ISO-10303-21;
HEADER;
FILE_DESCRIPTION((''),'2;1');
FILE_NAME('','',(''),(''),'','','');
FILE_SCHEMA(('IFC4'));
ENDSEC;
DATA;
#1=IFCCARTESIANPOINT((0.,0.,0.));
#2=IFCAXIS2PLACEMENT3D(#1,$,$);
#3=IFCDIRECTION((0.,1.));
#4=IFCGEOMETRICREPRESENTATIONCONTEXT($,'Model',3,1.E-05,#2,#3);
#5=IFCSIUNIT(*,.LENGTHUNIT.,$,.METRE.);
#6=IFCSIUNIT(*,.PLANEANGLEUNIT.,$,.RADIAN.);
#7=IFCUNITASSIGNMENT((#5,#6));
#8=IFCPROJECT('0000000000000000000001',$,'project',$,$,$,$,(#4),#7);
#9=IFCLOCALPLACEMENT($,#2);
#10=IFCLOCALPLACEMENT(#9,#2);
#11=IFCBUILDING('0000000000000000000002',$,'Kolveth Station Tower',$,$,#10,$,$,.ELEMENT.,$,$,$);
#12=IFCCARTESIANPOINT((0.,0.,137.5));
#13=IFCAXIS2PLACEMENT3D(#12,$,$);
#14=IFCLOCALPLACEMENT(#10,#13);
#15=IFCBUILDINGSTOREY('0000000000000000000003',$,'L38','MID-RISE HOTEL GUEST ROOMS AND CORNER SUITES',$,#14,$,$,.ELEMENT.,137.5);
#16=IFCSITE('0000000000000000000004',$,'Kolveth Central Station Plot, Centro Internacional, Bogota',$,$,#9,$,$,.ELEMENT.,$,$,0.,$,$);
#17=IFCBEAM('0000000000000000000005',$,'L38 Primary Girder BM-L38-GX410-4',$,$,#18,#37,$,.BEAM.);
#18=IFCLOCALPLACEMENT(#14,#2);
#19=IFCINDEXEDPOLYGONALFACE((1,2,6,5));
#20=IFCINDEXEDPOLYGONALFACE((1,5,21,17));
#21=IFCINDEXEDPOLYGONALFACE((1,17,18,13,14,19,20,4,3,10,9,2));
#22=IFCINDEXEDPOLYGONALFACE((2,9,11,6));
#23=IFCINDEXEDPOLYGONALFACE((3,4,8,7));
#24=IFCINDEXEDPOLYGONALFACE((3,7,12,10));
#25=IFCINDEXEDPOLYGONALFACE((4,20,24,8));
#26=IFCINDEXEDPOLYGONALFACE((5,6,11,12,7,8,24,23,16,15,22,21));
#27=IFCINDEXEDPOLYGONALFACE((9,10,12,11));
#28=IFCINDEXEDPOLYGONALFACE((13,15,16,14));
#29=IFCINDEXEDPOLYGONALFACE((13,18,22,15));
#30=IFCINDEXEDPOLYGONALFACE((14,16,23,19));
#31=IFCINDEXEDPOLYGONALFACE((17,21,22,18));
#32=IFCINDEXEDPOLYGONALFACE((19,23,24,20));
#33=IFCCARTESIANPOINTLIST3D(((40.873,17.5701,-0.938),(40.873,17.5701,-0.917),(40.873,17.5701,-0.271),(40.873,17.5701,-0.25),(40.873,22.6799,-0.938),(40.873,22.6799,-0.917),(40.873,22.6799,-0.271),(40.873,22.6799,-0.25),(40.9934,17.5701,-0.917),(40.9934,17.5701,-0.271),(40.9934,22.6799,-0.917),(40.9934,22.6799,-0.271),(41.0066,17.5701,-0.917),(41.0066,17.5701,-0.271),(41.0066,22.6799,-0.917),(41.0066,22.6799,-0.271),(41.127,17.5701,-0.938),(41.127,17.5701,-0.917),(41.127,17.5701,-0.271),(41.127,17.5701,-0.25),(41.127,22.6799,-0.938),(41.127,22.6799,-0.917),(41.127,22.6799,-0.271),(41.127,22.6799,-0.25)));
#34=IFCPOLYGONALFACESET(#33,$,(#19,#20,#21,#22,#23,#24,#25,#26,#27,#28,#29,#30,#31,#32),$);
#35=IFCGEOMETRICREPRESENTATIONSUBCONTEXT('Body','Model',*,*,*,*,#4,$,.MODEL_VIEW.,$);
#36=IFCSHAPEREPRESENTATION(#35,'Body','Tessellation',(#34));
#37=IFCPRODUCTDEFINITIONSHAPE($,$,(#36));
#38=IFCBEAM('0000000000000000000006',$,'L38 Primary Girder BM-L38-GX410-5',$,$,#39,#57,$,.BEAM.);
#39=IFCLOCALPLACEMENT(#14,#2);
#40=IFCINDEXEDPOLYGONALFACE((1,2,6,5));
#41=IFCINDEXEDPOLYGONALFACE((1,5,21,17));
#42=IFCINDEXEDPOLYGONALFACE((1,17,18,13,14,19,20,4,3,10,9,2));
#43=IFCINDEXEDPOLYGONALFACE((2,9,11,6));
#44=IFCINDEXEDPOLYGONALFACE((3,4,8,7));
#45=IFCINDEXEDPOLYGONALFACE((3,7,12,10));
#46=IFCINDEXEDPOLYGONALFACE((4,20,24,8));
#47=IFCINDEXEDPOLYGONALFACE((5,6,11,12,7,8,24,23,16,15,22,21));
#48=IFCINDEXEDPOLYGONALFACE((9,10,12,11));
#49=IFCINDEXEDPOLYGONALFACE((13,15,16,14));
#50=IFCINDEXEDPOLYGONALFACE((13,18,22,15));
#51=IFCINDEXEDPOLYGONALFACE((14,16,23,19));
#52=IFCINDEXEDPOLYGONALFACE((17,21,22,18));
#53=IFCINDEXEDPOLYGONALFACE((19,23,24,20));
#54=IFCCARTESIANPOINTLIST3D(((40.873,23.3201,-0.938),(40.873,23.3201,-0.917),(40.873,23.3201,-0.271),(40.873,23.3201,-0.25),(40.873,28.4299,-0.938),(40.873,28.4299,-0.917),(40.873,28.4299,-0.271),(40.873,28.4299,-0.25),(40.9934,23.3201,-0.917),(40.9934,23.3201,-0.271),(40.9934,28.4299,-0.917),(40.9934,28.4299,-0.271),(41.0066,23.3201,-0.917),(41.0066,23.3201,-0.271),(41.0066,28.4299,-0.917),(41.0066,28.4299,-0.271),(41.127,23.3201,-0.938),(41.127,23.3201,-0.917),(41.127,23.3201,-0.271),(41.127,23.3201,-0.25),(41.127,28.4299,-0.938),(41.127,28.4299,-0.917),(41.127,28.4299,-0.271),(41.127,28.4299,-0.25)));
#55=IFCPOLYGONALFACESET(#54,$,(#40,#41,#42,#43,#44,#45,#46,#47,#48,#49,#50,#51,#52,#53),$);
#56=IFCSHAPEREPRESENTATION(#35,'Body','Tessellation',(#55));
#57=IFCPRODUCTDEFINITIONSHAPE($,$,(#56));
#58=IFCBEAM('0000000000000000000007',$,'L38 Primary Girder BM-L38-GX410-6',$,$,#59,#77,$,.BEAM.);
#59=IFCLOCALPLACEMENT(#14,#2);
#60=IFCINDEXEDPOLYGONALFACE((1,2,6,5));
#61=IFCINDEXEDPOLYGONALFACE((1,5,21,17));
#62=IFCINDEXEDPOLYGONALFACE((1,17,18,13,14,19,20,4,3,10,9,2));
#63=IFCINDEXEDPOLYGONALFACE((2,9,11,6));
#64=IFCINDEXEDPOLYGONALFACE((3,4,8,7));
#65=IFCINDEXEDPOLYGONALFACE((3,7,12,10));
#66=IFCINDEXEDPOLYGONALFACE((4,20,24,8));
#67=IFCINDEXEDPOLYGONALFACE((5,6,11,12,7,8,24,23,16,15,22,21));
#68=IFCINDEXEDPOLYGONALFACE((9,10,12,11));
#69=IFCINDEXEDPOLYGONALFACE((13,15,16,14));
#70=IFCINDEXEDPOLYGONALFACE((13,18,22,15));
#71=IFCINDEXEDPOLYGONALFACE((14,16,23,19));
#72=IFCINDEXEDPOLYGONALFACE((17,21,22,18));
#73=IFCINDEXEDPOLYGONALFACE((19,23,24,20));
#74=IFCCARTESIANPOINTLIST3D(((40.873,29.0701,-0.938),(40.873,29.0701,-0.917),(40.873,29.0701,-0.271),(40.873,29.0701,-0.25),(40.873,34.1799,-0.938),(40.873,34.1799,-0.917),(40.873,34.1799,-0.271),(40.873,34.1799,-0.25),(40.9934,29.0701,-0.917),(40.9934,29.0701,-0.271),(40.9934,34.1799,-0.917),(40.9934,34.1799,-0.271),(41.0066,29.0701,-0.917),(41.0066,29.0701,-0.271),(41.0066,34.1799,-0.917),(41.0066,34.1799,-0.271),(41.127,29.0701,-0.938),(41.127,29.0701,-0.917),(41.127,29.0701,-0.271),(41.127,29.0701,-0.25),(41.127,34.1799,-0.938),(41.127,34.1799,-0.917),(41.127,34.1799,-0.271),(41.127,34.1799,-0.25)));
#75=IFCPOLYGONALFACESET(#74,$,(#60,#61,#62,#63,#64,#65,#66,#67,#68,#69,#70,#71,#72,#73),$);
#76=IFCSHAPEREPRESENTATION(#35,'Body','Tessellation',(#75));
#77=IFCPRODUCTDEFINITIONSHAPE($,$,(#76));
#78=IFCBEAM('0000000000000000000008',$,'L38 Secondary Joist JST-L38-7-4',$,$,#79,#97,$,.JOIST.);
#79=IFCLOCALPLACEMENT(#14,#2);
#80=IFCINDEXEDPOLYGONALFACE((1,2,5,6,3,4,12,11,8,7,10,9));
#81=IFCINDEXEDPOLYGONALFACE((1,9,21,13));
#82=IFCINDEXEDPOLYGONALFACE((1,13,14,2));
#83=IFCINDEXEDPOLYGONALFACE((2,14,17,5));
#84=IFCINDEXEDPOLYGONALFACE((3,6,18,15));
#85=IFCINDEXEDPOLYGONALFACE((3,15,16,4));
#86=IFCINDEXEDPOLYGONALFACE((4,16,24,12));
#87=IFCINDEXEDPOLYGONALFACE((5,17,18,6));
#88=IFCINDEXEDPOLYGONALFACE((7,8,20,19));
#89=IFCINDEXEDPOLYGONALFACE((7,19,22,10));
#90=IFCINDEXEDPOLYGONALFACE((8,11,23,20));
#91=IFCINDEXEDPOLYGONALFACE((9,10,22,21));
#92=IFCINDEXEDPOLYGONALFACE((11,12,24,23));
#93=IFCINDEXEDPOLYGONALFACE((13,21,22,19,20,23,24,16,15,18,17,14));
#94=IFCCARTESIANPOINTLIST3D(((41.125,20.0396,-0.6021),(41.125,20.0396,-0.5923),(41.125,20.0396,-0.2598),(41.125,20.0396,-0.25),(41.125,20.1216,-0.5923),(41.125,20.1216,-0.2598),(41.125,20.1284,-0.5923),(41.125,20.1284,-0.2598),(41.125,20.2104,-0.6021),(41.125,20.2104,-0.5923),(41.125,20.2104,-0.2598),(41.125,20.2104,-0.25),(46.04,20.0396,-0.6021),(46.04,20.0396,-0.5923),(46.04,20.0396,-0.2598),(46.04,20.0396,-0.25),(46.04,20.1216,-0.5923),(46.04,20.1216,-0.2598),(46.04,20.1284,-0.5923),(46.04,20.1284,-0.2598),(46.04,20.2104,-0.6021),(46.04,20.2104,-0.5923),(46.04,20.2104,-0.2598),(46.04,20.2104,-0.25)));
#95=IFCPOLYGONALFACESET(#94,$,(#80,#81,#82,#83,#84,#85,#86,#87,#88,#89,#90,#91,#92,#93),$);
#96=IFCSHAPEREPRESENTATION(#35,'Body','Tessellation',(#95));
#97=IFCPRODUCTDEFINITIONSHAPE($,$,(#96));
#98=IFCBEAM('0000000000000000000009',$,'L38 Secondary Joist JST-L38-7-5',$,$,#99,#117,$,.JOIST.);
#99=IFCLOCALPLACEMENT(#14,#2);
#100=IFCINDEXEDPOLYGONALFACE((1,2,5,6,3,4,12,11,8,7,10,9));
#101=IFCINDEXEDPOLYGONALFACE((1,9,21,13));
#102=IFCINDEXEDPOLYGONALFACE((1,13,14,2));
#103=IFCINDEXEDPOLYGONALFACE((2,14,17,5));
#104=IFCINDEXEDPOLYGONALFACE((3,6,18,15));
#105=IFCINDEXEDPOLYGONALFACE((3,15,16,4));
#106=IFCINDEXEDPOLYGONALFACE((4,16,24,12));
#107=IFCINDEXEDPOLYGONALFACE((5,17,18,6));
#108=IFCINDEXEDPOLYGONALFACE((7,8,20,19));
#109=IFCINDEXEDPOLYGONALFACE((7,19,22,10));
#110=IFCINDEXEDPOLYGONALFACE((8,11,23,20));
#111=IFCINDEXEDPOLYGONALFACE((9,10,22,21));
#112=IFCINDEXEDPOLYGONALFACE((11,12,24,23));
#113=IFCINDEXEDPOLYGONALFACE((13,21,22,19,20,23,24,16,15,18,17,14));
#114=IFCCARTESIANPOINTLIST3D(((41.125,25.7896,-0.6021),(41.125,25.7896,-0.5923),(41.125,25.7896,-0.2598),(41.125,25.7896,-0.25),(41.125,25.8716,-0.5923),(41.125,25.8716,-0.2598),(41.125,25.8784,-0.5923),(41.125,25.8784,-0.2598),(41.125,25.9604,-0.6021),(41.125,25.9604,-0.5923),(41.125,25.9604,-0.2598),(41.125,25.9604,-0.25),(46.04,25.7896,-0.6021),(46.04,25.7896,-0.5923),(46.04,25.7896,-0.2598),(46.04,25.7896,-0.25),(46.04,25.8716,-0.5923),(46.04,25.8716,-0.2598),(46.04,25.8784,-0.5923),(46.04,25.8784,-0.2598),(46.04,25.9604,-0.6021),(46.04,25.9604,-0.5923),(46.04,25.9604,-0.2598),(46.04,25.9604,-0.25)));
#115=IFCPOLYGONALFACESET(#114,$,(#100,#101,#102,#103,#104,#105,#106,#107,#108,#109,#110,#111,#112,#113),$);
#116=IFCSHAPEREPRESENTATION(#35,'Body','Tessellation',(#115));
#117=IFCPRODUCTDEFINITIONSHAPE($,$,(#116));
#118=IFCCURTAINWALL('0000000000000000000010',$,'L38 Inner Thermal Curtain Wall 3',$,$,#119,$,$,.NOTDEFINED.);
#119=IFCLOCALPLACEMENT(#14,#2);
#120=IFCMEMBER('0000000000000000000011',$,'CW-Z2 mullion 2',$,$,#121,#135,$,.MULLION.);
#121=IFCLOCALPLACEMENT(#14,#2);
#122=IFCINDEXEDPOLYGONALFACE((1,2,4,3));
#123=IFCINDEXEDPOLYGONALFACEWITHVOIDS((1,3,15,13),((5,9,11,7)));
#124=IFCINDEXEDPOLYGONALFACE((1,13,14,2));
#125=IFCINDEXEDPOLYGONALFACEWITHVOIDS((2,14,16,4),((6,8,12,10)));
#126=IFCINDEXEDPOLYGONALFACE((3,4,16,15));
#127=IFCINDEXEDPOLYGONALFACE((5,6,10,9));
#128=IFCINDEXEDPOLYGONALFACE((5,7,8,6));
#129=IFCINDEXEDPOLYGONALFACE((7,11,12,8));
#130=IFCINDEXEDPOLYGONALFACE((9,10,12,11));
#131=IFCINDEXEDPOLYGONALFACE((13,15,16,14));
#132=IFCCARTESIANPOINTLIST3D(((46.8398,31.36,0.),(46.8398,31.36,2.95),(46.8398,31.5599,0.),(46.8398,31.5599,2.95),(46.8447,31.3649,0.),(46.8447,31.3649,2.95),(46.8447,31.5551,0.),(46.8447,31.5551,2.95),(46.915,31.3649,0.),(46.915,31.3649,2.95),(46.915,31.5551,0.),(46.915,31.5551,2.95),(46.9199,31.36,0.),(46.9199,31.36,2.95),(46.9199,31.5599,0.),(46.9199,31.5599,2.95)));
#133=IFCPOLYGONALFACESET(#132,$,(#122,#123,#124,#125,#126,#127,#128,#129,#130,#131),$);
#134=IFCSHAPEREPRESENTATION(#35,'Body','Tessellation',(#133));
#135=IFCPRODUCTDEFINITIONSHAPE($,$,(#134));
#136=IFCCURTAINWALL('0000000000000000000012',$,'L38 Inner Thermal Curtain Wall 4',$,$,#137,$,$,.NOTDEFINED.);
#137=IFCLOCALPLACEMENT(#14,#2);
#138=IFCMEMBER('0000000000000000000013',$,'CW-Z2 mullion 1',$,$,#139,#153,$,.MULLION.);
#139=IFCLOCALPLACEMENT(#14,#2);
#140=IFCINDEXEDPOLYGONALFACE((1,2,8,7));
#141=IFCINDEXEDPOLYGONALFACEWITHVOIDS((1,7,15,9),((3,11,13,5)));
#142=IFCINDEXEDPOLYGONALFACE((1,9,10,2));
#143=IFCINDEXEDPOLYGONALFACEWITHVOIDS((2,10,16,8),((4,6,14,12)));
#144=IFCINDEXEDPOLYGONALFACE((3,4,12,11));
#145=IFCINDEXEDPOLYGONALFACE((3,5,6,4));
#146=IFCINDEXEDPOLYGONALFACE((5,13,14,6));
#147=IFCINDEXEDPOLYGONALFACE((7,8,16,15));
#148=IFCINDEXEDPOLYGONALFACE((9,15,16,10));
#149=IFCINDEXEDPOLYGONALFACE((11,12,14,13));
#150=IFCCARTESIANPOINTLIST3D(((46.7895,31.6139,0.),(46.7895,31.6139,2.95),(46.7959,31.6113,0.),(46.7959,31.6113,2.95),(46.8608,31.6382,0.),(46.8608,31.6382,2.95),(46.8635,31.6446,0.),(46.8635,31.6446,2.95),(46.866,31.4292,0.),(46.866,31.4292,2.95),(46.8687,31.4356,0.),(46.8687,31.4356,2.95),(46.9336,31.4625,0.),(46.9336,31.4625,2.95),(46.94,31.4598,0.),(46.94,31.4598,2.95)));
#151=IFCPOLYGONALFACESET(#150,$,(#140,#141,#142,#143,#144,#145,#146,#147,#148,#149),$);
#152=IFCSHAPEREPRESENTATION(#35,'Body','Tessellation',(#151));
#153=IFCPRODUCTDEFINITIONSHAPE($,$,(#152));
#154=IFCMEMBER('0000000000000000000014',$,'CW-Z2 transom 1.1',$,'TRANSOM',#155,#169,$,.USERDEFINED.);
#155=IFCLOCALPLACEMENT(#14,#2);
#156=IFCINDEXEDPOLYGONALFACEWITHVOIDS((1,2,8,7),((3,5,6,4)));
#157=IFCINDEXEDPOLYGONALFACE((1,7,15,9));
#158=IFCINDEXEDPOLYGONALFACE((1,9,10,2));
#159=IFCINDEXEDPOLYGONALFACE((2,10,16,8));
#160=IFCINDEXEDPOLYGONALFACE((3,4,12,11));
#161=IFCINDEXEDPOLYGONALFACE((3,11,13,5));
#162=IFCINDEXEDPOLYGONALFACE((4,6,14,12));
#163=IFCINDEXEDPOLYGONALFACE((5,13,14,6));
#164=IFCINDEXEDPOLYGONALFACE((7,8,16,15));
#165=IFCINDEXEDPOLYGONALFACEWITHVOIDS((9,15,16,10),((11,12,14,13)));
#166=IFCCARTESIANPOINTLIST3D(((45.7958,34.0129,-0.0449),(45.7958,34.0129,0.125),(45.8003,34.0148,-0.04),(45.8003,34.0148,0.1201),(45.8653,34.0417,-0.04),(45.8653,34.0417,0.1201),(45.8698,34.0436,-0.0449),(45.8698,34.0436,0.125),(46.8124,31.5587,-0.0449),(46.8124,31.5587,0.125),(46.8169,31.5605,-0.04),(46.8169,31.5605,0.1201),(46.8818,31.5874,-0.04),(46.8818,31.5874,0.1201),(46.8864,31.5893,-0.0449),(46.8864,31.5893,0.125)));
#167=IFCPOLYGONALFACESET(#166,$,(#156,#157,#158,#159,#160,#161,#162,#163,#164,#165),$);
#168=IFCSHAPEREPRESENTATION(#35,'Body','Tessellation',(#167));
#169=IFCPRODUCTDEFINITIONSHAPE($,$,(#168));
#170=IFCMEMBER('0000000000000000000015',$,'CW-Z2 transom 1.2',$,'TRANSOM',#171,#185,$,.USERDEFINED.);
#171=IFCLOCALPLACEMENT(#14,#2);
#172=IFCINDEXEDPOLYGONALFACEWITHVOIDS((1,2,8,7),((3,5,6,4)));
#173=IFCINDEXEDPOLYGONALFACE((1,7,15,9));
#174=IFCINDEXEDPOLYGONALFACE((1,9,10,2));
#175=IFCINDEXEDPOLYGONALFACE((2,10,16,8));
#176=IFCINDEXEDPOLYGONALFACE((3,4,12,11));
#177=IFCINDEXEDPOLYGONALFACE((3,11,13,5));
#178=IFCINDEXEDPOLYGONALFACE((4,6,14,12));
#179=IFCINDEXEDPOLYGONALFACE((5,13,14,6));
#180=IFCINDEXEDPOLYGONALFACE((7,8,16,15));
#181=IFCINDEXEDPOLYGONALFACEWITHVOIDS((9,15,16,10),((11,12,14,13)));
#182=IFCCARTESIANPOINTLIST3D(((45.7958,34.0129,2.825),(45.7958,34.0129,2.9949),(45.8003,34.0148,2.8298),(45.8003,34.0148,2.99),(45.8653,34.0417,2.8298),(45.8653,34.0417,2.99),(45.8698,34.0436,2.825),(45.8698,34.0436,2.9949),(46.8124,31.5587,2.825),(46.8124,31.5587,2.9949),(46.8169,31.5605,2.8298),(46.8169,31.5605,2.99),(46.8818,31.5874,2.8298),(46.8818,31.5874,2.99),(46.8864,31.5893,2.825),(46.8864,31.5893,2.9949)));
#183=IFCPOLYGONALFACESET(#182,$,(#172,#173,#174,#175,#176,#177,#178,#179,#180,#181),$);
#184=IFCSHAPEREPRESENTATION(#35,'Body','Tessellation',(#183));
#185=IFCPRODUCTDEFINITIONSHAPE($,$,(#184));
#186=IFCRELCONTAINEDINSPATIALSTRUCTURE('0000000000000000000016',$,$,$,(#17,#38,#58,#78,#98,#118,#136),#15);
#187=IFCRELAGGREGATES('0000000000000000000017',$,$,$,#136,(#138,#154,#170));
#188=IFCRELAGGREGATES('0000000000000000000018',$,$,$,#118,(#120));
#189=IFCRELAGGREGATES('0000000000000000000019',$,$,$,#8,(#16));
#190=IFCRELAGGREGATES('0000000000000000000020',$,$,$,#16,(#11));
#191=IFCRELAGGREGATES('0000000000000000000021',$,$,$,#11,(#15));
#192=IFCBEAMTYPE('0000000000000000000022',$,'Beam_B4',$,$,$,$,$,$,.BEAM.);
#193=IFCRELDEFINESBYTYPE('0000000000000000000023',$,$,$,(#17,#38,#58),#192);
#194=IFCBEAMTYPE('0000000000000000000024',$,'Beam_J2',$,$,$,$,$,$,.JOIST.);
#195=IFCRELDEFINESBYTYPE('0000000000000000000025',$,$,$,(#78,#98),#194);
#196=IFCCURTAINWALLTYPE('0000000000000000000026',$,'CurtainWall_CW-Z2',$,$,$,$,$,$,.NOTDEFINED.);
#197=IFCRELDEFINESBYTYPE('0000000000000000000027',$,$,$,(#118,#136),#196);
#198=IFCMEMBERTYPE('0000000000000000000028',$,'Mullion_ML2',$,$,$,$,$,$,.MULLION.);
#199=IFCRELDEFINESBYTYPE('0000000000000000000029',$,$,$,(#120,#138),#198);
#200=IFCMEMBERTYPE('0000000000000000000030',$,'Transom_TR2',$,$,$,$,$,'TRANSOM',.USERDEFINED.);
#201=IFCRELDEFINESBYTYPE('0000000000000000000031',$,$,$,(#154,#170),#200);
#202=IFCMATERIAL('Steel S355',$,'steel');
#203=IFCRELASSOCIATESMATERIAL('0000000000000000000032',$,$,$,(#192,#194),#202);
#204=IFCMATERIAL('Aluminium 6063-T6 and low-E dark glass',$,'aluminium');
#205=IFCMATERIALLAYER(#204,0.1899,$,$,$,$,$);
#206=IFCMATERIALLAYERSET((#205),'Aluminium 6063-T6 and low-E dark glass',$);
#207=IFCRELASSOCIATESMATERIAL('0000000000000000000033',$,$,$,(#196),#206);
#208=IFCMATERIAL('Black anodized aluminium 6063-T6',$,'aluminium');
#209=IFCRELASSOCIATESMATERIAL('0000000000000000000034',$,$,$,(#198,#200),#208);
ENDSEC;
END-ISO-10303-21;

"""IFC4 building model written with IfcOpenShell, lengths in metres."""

from ifc_helpers import new_model, si_unit, direction, frame, origin, origin_2d, place, context, subcontext, project, spatial, hollow_rectangle, i_section, extrude, source, transform, mapped, material, layer, layer_set, material_profile, profile_set, type_object, element, aggregate, save


model = new_model("IFC4")

# Units and contexts
model_context = context("Model", 3, precision=1e-05, world=origin(), true_north=direction((0.0, 1.0)))
body_context = subcontext(model_context, "Body", "Model", "MODEL_VIEW")
ifc_project = project(units=[si_unit("LENGTHUNIT", "METRE"), si_unit("PLANEANGLEUNIT", "RADIAN")], contexts=[model_context])

# Site, building, storey
site_placement = place(None, origin())
site = spatial("IfcSite", under=ifc_project, at=site_placement, Name="Kolveth Central Station Plot, Centro Internacional, Bogota", CompositionType="ELEMENT", RefElevation=0.0)
building_placement = place(site_placement, origin())
building = spatial("IfcBuilding", under=site, at=building_placement, Name="Kolveth Station Tower", CompositionType="ELEMENT")
storey_placement = place(building_placement, frame((0.0, 0.0, 137.5)))
storey = spatial("IfcBuildingStorey", under=building, at=storey_placement, Name="L38", Description="MID-RISE HOTEL GUEST ROOMS AND CORNER SUITES", CompositionType="ELEMENT", Elevation=137.5)

# Beams
ifc_material_1 = material(Name="Steel S355", Category="steel")
ifc_material_profile_1 = material_profile(ifc_material_1, i_section(OverallWidth=0.2539, OverallDepth=0.688, WebThickness=0.0132, FlangeThickness=0.021, at=origin_2d()), Name="W690x152")
ifc_profile_set_1 = profile_set([ifc_material_profile_1], Name="Steel S355")
beam_type_1 = type_object("IfcBeamType", Name="Beam_B4", PredefinedType="BEAM", material=ifc_profile_set_1)
shared_shape_1 = source(origin(), body_context, "Body", "SweptSolid", [
    extrude(i_section(OverallWidth=0.2539, OverallDepth=0.688, WebThickness=0.0132, FlangeThickness=0.021, at=origin_2d()), origin(), (0.0, 0.0, 1.0), 5.1099),
])
for number, where, z_axis, x_axis, name in (
    (1, (41.0, 17.5701, -0.594), (0.0, 1.0, 0.0), (-1.0, 0.0, 0.0), "L38 Primary Girder BM-L38-GX410-4"),
    (2, (41.0, 23.3201, -0.594), (0.0, 1.0, 0.0), (-1.0, 0.0, 0.0), "L38 Primary Girder BM-L38-GX410-5"),
    (3, (41.0, 29.0701, -0.594), (0.0, 1.0, 0.0), (-1.0, 0.0, 0.0), "L38 Primary Girder BM-L38-GX410-6"),
):
    element("IfcBeam", number, at=place(storey_placement, frame(where, z_axis=z_axis, x_axis=x_axis)), inside=storey, type_object=beam_type_1, Name=name, PredefinedType="BEAM", context=body_context, shape_type="MappedRepresentation", body=[
        mapped(shared_shape_1, transform((0.0, 0.0, 0.0), x_axis=(1.0, 0.0, 0.0), y_axis=(0.0, 1.0, 0.0), z_axis=(0.0, 0.0, 1.0), scale=1.0)),
    ])
ifc_material_profile_2 = material_profile(ifc_material_1, i_section(OverallWidth=0.1709, OverallDepth=0.3521, WebThickness=0.0068, FlangeThickness=0.0098, at=origin_2d()), Name="W360x44")
ifc_profile_set_2 = profile_set([ifc_material_profile_2], Name="Steel S355")
beam_type_2 = type_object("IfcBeamType", Name="Beam_J2", PredefinedType="JOIST", material=ifc_profile_set_2)
shared_shape_2 = source(origin(), body_context, "Body", "SweptSolid", [
    extrude(i_section(OverallWidth=0.1709, OverallDepth=0.3521, WebThickness=0.0068, FlangeThickness=0.0098, at=origin_2d()), origin(), (0.0, 0.0, 1.0), 4.915),
])
for number, where, z_axis, x_axis, name in (
    (4, (41.125, 20.125, -0.426), (1.0, 0.0, 0.0), (0.0, 1.0, 0.0), "L38 Secondary Joist JST-L38-7-4"),
    (5, (41.125, 25.875, -0.426), (1.0, 0.0, 0.0), (0.0, 1.0, 0.0), "L38 Secondary Joist JST-L38-7-5"),
):
    element("IfcBeam", number, at=place(storey_placement, frame(where, z_axis=z_axis, x_axis=x_axis)), inside=storey, type_object=beam_type_2, Name=name, PredefinedType="JOIST", context=body_context, shape_type="MappedRepresentation", body=[
        mapped(shared_shape_2, transform((0.0, 0.0, 0.0), x_axis=(1.0, 0.0, 0.0), y_axis=(0.0, 1.0, 0.0), z_axis=(0.0, 0.0, 1.0), scale=1.0)),
    ])

# Curtain wall, member
ifc_material_2 = material(Name="Aluminium 6063-T6 and low-E dark glass", Category="aluminium")
ifc_layer_1 = layer(ifc_material_2, 0.1899)
ifc_layer_set_1 = layer_set([ifc_layer_1], Name="Aluminium 6063-T6 and low-E dark glass")
curtain_wall_type = type_object("IfcCurtainWallType", Name="CurtainWall_CW-Z2", PredefinedType="NOTDEFINED", material=ifc_layer_set_1)
curtain_wall_1_placement = place(storey_placement, origin())
curtain_wall_1 = element("IfcCurtainWall", 6, at=curtain_wall_1_placement, inside=storey, type_object=curtain_wall_type, Name="L38 Inner Thermal Curtain Wall 3", PredefinedType="NOTDEFINED")
ifc_material_3 = material(Name="Black anodized aluminium 6063-T6", Category="aluminium")
ifc_material_profile_3 = material_profile(ifc_material_3, hollow_rectangle(XDim=0.0801, YDim=0.2, WallThickness=0.0049, at=origin_2d()), Name="ALU-80x200x5")
ifc_profile_set_3 = profile_set([ifc_material_profile_3], Name="Black anodized aluminium 6063-T6")
member_type_1 = type_object("IfcMemberType", Name="Mullion_ML2", PredefinedType="MULLION", material=ifc_profile_set_3)
shared_shape_3 = source(origin(), body_context, "Body", "SweptSolid", [
    extrude(hollow_rectangle(XDim=0.0801, YDim=0.2, WallThickness=0.0049, at=origin_2d()), origin(), (0.0, 0.0, 1.0), 2.95),
])
member_1_placement = place(storey_placement, frame((46.8799, 31.46, 0.0), z_axis=(0.0, 0.0, 1.0), x_axis=(-1.0, 0.0, 0.0)))
member_1 = element("IfcMember", 7, at=member_1_placement, type_object=member_type_1, Name="CW-Z2 mullion 2", PredefinedType="MULLION", context=body_context, shape_type="MappedRepresentation", body=[
    mapped(shared_shape_3, transform((0.0, 0.0, 0.0), x_axis=(1.0, 0.0, 0.0), y_axis=(0.0, 1.0, 0.0), z_axis=(0.0, 0.0, 1.0), scale=1.0)),
])

# Curtain wall, members
curtain_wall_2_placement = place(storey_placement, origin())
curtain_wall_2 = element("IfcCurtainWall", 8, at=curtain_wall_2_placement, inside=storey, type_object=curtain_wall_type, Name="L38 Inner Thermal Curtain Wall 4", PredefinedType="NOTDEFINED")
member_2_placement = place(storey_placement, frame((46.8647, 31.5369, 0.0), z_axis=(0.0, 0.0, 1.0), x_axis=(-0.923888, -0.382663, 0.0)))
member_2 = element("IfcMember", 9, at=member_2_placement, type_object=member_type_1, Name="CW-Z2 mullion 1", PredefinedType="MULLION", context=body_context, shape_type="MappedRepresentation", body=[
    mapped(shared_shape_3, transform((0.0, 0.0, 0.0), x_axis=(1.0, 0.0, 0.0), y_axis=(0.0, 1.0, 0.0), z_axis=(0.0, 0.0, 1.0), scale=1.0)),
])
ifc_material_profile_4 = material_profile(ifc_material_3, hollow_rectangle(XDim=0.0801, YDim=0.1699, WallThickness=0.0049, at=origin_2d()), Name="ALU-80x170x5")
ifc_profile_set_4 = profile_set([ifc_material_profile_4], Name="Black anodized aluminium 6063-T6")
member_type_2 = type_object("IfcMemberType", Name="Transom_TR2", ElementType="TRANSOM", PredefinedType="USERDEFINED", material=ifc_profile_set_4)
shared_shape_4 = source(origin(), body_context, "Body", "SweptSolid", [
    extrude(hollow_rectangle(XDim=0.0801, YDim=0.1699, WallThickness=0.0049, at=origin_2d()), origin(), (0.0, 0.0, 1.0), 2.6565),
])
member_3_placement = place(storey_placement, frame((46.8494, 31.574, 0.04), z_axis=(-0.382676, 0.923882, 0.0), x_axis=(-0.923882, -0.382676, 0.0)))
member_3 = element("IfcMember", 10, at=member_3_placement, type_object=member_type_2, Name="CW-Z2 transom 1.1", ObjectType="TRANSOM", PredefinedType="USERDEFINED", context=body_context, shape_type="MappedRepresentation", body=[
    mapped(shared_shape_4, transform((0.0, 0.0, 0.0), x_axis=(1.0, 0.0, 0.0), y_axis=(0.0, 1.0, 0.0), z_axis=(0.0, 0.0, 1.0), scale=1.0)),
])
member_4_placement = place(storey_placement, frame((46.8494, 31.574, 2.9099), z_axis=(-0.382676, 0.923882, 0.0), x_axis=(-0.923882, -0.382676, 0.0)))
member_4 = element("IfcMember", 11, at=member_4_placement, type_object=member_type_2, Name="CW-Z2 transom 1.2", ObjectType="TRANSOM", PredefinedType="USERDEFINED", context=body_context, shape_type="MappedRepresentation", body=[
    mapped(shared_shape_4, transform((0.0, 0.0, 0.0), x_axis=(1.0, 0.0, 0.0), y_axis=(0.0, 1.0, 0.0), z_axis=(0.0, 0.0, 1.0), scale=1.0)),
])
aggregate(curtain_wall_2, [member_2, member_3, member_4])

aggregate(curtain_wall_1, [member_1])

save(model, "model.ifc")
